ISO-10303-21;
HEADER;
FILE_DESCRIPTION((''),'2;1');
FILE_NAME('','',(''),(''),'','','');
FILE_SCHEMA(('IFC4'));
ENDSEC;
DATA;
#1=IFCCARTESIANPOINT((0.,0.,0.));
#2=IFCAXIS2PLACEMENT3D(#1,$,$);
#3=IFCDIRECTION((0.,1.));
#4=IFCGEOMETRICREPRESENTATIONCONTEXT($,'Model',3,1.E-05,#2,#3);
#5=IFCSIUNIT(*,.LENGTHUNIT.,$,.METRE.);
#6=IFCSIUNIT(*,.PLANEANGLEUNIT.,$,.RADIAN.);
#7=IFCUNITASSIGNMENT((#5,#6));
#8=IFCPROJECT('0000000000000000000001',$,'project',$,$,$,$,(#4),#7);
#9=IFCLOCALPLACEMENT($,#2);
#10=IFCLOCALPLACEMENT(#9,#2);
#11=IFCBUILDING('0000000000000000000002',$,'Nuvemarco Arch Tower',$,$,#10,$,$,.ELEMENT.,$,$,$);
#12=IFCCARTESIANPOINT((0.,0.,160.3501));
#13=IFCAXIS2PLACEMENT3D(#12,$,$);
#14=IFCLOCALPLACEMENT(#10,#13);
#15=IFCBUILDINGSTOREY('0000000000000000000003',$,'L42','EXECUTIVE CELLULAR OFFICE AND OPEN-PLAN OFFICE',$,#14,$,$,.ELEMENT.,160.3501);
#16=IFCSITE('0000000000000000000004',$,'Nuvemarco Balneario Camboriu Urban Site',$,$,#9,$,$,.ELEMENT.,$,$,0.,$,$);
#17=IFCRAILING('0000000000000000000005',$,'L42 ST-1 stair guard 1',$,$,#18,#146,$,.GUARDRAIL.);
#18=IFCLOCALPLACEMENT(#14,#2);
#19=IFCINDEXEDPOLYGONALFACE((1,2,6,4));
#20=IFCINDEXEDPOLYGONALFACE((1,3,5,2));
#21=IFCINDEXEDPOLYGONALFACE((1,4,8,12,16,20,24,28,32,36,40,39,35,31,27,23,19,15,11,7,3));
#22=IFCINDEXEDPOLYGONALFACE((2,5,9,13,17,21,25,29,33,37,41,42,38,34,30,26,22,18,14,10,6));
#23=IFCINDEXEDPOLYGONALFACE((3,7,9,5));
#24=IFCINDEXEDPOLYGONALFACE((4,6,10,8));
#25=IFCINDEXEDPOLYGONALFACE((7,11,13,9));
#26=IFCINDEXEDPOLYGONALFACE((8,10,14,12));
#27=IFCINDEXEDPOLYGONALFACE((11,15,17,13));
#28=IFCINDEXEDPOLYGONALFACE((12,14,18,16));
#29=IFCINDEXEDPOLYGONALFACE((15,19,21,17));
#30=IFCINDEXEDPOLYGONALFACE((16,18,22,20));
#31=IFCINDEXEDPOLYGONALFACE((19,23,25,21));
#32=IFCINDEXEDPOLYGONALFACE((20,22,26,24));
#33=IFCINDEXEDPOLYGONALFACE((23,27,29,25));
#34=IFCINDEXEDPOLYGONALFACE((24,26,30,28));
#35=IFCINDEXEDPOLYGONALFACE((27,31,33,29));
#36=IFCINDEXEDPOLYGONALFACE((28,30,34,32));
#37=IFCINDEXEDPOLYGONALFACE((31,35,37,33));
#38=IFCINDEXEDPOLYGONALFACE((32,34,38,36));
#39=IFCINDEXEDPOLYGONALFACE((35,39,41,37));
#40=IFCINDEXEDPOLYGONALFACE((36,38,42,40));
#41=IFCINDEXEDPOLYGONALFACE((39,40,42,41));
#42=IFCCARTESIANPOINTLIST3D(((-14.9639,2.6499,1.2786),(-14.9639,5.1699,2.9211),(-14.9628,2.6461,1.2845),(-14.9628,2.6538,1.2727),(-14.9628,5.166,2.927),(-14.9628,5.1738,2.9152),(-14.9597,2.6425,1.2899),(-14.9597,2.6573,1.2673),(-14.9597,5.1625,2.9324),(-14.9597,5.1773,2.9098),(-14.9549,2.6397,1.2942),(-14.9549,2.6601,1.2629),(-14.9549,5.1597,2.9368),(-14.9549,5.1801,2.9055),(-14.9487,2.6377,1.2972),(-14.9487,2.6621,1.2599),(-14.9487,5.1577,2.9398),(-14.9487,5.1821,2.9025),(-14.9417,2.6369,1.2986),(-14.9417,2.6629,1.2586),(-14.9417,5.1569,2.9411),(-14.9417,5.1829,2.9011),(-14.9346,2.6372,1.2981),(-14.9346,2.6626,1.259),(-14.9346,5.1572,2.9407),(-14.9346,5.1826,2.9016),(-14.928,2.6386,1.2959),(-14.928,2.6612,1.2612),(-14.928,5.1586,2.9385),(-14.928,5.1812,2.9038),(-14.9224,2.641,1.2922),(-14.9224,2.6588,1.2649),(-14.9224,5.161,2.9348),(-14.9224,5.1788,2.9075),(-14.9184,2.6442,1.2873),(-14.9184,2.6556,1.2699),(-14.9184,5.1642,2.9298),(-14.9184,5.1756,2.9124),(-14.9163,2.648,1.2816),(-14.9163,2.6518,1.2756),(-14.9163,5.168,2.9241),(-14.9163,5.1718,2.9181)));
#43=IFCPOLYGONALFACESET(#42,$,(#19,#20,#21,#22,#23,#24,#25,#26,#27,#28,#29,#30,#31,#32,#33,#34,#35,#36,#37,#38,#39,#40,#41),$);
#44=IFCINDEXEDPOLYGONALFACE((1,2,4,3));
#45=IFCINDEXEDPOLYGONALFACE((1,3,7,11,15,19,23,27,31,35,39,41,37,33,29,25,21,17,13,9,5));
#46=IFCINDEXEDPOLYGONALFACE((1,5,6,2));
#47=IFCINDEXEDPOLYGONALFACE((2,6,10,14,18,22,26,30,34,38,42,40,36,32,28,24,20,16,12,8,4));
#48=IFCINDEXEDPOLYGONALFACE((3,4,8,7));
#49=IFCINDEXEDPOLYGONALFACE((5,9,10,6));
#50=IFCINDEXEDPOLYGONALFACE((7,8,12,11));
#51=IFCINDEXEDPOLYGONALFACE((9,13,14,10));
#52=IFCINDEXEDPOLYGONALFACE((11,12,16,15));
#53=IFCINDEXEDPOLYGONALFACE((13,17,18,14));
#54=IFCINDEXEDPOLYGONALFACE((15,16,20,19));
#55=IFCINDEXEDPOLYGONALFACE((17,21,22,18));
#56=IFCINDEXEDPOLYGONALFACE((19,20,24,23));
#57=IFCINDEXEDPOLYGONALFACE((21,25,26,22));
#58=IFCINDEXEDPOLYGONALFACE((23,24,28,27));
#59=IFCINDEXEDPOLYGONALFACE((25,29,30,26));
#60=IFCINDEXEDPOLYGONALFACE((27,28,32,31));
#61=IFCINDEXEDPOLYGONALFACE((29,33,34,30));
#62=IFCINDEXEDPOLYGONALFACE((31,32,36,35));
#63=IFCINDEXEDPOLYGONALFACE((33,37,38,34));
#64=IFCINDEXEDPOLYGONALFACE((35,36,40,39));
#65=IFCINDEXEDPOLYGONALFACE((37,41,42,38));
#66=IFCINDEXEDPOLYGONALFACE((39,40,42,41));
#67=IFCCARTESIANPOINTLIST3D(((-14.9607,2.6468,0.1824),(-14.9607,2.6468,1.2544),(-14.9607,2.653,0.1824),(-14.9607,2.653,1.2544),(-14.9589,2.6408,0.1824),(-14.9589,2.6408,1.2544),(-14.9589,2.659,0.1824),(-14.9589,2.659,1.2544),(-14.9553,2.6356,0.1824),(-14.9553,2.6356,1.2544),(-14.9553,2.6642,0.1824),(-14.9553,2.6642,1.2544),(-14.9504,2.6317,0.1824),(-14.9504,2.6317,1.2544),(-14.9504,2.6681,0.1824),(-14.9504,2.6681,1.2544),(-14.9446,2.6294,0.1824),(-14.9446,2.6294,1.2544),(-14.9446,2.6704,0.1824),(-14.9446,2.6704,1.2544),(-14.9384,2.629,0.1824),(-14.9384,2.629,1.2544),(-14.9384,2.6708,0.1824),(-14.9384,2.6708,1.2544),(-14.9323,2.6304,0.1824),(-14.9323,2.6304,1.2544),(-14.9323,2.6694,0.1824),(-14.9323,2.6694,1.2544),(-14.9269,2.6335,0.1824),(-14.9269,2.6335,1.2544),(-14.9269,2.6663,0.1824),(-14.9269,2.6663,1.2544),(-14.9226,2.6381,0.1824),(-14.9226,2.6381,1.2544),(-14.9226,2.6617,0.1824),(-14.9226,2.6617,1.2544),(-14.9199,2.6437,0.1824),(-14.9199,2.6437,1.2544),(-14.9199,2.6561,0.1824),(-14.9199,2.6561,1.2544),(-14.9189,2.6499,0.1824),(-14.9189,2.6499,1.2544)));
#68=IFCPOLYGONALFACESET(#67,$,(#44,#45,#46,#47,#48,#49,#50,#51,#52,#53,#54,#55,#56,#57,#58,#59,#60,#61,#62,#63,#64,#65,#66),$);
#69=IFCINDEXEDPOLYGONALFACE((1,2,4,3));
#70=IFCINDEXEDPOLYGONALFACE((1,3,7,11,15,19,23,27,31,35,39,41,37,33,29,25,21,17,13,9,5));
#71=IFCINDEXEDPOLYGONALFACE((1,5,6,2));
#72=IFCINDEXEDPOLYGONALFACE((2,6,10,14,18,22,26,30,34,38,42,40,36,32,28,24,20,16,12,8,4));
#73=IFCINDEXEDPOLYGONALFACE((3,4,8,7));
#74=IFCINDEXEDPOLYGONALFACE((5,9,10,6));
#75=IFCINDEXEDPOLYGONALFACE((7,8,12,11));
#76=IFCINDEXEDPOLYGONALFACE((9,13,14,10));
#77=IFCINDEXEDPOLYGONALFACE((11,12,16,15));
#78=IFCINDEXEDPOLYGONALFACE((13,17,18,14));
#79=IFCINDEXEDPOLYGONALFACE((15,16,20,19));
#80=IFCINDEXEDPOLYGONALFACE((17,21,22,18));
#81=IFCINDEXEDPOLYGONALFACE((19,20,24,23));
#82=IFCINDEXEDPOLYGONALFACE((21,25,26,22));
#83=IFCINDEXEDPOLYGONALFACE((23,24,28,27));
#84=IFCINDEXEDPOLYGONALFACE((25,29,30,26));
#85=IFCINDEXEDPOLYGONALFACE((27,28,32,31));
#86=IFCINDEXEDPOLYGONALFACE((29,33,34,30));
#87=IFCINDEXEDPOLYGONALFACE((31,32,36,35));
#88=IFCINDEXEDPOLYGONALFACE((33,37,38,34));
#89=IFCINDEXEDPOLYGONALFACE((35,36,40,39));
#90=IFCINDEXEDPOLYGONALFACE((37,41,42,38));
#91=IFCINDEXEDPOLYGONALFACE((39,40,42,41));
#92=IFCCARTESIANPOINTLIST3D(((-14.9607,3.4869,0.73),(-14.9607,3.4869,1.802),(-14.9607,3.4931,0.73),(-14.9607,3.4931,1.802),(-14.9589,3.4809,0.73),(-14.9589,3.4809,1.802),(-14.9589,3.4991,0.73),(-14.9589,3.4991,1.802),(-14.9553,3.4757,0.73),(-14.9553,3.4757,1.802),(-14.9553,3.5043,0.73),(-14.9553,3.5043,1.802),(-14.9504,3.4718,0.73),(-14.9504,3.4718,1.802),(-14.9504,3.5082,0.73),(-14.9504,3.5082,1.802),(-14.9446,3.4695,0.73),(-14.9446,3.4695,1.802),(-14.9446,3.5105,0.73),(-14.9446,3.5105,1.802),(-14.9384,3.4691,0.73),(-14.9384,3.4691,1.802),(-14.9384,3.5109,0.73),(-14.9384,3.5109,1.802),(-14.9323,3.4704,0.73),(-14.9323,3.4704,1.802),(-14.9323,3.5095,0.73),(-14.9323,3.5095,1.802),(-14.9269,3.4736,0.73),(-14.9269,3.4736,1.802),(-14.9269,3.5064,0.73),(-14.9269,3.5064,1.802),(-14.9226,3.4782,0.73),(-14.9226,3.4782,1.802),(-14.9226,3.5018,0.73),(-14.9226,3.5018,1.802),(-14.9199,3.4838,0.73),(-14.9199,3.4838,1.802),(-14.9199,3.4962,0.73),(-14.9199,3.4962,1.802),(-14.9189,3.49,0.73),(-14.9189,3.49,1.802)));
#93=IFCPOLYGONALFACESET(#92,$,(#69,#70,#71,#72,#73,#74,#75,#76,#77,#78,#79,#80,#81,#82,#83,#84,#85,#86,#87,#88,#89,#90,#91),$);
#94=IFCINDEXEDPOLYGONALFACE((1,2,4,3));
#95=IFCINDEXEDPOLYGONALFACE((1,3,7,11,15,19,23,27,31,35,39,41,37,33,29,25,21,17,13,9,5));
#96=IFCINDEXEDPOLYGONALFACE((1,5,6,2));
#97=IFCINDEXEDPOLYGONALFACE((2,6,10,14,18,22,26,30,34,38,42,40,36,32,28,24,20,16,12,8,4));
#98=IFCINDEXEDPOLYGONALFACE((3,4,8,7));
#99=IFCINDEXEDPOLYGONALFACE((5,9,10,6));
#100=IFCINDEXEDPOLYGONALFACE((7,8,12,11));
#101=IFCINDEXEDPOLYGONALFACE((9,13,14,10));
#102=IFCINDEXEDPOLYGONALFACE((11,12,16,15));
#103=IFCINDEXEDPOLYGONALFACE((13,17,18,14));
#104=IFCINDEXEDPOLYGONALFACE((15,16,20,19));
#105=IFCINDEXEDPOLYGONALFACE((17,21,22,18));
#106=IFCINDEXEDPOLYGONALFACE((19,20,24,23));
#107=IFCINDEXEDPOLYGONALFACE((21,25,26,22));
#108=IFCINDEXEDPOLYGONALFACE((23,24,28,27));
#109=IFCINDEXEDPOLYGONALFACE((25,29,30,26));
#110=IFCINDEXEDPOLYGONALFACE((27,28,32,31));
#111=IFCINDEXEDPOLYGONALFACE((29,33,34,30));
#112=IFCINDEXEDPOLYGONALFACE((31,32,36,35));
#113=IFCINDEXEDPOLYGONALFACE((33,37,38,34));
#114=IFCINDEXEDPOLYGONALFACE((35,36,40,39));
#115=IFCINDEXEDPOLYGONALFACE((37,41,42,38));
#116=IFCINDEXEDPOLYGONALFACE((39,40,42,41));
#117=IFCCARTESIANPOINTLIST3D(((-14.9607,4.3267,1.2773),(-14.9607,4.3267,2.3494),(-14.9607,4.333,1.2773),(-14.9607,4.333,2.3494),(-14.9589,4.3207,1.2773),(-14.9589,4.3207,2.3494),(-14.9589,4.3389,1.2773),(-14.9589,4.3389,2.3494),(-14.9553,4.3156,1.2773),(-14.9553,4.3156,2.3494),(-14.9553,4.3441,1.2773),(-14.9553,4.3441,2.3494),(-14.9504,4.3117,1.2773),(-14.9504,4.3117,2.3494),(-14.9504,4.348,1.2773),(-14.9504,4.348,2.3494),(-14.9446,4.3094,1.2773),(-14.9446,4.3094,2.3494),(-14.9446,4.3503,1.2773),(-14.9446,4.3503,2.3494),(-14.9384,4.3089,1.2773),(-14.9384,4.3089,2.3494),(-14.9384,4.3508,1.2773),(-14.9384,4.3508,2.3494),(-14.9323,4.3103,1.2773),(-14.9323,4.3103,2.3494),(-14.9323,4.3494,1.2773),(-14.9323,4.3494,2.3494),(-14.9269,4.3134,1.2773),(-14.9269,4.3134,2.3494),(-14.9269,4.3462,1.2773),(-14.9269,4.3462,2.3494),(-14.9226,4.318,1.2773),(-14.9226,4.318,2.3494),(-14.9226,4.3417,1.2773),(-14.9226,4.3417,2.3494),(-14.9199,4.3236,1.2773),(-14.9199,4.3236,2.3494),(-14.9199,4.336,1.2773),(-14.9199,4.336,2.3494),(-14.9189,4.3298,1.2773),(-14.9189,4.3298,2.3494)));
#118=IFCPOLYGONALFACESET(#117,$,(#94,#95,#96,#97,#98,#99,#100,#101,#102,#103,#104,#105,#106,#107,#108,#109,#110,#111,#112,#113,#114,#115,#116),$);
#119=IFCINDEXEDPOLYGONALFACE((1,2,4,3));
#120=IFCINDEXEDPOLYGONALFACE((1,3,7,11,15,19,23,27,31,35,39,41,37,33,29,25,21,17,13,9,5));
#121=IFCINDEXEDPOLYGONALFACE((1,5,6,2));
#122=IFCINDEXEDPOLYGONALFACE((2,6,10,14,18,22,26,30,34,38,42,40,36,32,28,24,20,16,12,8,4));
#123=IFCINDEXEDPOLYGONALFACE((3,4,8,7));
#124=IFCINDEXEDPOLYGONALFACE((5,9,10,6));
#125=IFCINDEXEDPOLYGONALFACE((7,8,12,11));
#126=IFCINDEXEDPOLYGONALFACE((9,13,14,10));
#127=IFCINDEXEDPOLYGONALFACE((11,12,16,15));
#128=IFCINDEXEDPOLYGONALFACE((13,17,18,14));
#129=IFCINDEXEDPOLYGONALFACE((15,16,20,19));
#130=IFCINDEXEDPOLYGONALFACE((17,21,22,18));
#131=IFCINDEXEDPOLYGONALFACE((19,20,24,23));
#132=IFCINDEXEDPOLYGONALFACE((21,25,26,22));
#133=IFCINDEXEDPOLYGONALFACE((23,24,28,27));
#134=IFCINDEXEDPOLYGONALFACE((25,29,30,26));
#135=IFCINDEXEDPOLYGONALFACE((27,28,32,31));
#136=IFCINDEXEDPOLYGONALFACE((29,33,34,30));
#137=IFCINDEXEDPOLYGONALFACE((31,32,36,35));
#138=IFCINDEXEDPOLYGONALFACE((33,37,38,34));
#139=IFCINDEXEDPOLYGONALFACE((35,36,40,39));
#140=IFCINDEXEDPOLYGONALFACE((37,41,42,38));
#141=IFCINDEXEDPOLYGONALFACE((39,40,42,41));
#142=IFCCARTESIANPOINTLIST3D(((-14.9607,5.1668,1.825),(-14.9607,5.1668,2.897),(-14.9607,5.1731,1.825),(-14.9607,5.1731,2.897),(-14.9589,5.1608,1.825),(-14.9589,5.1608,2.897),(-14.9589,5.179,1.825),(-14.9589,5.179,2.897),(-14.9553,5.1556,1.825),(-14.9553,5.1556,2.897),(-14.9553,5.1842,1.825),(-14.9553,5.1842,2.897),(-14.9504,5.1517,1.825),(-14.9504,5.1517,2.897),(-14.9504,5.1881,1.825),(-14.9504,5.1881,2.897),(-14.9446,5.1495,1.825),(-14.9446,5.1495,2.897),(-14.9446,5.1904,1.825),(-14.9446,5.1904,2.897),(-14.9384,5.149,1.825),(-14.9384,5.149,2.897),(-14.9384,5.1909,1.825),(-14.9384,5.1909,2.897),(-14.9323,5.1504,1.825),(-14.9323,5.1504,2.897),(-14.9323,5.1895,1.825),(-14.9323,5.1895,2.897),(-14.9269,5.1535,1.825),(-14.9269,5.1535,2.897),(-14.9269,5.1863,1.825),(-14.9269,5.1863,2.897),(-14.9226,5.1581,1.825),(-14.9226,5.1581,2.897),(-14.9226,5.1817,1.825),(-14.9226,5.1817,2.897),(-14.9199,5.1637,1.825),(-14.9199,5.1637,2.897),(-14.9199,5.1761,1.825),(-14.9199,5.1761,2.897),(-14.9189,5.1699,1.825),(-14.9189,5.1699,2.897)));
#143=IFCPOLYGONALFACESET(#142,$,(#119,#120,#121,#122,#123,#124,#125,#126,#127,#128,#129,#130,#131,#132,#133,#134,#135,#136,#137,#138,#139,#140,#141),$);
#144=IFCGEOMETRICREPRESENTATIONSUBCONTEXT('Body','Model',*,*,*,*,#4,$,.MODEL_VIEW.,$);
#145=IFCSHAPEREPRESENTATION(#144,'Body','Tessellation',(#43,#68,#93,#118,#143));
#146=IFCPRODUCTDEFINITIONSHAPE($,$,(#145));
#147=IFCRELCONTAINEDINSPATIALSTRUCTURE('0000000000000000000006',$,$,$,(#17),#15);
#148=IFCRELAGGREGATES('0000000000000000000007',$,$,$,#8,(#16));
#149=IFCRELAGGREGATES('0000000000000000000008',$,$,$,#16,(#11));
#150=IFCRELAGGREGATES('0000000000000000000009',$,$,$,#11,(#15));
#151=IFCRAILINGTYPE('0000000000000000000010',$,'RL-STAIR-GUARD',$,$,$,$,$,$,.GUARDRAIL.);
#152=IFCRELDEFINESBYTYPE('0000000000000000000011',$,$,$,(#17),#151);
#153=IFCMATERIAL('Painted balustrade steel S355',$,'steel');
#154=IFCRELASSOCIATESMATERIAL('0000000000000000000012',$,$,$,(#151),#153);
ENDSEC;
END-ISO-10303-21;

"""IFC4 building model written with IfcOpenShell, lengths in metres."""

from ifc_helpers import new_model, si_unit, direction, frame, origin, origin_2d, place, context, subcontext, project, spatial, circle, extrude, material, type_object, element, save


model = new_model("IFC4")

# Units and contexts
model_context = context("Model", 3, precision=1e-05, world=origin(), true_north=direction((0.0, 1.0)))
body_context = subcontext(model_context, "Body", "Model", "MODEL_VIEW")
ifc_project = project(units=[si_unit("LENGTHUNIT", "METRE"), si_unit("PLANEANGLEUNIT", "RADIAN")], contexts=[model_context])

# Site, building, storey
site_placement = place(None, origin())
site = spatial("IfcSite", under=ifc_project, at=site_placement, Name="Nuvemarco Balneario Camboriu Urban Site", CompositionType="ELEMENT", RefElevation=0.0)
building_placement = place(site_placement, origin())
building = spatial("IfcBuilding", under=site, at=building_placement, Name="Nuvemarco Arch Tower", CompositionType="ELEMENT")
storey_placement = place(building_placement, frame((0.0, 0.0, 160.3501)))
storey = spatial("IfcBuildingStorey", under=building, at=storey_placement, Name="L42", Description="EXECUTIVE CELLULAR OFFICE AND OPEN-PLAN OFFICE", CompositionType="ELEMENT", Elevation=160.3501)

# Railing
ifc_material_1 = material(Name="Painted balustrade steel S355", Category="steel")
railing_type_1 = type_object("IfcRailingType", Name="RL-STAIR-GUARD", PredefinedType="GUARDRAIL", material=ifc_material_1)
railing_1_placement = place(storey_placement, frame((-14.9399, 2.6499, 0.1824)))
element("IfcRailing", 1, at=railing_1_placement, inside=storey, type_object=railing_type_1, Name="L42 ST-1 stair guard 1", PredefinedType="GUARDRAIL", context=body_context, shape_type="SweptSolid", body=[
    extrude(circle(Radius=0.0239, at=origin_2d()), frame((0.0, 0.0, 1.0962), z_axis=(0.0, 0.837749, 0.546055), x_axis=(-1.0, 0.0, 0.0)), (0.0, 0.0, 1.0), 3.0081),
    extrude(circle(Radius=0.021, at=origin_2d()), origin(), (0.0, 0.0, 1.0), 1.072),
    extrude(circle(Radius=0.021, at=origin_2d()), frame((0.0, 0.8401, 0.5476)), (0.0, 0.0, 1.0), 1.072),
    extrude(circle(Radius=0.021, at=origin_2d()), frame((0.0, 1.6799, 1.095)), (0.0, 0.0, 1.0), 1.072),
    extrude(circle(Radius=0.021, at=origin_2d()), frame((0.0, 2.52, 1.6426)), (0.0, 0.0, 1.0), 1.072),
])

save(model, "model.ifc")
